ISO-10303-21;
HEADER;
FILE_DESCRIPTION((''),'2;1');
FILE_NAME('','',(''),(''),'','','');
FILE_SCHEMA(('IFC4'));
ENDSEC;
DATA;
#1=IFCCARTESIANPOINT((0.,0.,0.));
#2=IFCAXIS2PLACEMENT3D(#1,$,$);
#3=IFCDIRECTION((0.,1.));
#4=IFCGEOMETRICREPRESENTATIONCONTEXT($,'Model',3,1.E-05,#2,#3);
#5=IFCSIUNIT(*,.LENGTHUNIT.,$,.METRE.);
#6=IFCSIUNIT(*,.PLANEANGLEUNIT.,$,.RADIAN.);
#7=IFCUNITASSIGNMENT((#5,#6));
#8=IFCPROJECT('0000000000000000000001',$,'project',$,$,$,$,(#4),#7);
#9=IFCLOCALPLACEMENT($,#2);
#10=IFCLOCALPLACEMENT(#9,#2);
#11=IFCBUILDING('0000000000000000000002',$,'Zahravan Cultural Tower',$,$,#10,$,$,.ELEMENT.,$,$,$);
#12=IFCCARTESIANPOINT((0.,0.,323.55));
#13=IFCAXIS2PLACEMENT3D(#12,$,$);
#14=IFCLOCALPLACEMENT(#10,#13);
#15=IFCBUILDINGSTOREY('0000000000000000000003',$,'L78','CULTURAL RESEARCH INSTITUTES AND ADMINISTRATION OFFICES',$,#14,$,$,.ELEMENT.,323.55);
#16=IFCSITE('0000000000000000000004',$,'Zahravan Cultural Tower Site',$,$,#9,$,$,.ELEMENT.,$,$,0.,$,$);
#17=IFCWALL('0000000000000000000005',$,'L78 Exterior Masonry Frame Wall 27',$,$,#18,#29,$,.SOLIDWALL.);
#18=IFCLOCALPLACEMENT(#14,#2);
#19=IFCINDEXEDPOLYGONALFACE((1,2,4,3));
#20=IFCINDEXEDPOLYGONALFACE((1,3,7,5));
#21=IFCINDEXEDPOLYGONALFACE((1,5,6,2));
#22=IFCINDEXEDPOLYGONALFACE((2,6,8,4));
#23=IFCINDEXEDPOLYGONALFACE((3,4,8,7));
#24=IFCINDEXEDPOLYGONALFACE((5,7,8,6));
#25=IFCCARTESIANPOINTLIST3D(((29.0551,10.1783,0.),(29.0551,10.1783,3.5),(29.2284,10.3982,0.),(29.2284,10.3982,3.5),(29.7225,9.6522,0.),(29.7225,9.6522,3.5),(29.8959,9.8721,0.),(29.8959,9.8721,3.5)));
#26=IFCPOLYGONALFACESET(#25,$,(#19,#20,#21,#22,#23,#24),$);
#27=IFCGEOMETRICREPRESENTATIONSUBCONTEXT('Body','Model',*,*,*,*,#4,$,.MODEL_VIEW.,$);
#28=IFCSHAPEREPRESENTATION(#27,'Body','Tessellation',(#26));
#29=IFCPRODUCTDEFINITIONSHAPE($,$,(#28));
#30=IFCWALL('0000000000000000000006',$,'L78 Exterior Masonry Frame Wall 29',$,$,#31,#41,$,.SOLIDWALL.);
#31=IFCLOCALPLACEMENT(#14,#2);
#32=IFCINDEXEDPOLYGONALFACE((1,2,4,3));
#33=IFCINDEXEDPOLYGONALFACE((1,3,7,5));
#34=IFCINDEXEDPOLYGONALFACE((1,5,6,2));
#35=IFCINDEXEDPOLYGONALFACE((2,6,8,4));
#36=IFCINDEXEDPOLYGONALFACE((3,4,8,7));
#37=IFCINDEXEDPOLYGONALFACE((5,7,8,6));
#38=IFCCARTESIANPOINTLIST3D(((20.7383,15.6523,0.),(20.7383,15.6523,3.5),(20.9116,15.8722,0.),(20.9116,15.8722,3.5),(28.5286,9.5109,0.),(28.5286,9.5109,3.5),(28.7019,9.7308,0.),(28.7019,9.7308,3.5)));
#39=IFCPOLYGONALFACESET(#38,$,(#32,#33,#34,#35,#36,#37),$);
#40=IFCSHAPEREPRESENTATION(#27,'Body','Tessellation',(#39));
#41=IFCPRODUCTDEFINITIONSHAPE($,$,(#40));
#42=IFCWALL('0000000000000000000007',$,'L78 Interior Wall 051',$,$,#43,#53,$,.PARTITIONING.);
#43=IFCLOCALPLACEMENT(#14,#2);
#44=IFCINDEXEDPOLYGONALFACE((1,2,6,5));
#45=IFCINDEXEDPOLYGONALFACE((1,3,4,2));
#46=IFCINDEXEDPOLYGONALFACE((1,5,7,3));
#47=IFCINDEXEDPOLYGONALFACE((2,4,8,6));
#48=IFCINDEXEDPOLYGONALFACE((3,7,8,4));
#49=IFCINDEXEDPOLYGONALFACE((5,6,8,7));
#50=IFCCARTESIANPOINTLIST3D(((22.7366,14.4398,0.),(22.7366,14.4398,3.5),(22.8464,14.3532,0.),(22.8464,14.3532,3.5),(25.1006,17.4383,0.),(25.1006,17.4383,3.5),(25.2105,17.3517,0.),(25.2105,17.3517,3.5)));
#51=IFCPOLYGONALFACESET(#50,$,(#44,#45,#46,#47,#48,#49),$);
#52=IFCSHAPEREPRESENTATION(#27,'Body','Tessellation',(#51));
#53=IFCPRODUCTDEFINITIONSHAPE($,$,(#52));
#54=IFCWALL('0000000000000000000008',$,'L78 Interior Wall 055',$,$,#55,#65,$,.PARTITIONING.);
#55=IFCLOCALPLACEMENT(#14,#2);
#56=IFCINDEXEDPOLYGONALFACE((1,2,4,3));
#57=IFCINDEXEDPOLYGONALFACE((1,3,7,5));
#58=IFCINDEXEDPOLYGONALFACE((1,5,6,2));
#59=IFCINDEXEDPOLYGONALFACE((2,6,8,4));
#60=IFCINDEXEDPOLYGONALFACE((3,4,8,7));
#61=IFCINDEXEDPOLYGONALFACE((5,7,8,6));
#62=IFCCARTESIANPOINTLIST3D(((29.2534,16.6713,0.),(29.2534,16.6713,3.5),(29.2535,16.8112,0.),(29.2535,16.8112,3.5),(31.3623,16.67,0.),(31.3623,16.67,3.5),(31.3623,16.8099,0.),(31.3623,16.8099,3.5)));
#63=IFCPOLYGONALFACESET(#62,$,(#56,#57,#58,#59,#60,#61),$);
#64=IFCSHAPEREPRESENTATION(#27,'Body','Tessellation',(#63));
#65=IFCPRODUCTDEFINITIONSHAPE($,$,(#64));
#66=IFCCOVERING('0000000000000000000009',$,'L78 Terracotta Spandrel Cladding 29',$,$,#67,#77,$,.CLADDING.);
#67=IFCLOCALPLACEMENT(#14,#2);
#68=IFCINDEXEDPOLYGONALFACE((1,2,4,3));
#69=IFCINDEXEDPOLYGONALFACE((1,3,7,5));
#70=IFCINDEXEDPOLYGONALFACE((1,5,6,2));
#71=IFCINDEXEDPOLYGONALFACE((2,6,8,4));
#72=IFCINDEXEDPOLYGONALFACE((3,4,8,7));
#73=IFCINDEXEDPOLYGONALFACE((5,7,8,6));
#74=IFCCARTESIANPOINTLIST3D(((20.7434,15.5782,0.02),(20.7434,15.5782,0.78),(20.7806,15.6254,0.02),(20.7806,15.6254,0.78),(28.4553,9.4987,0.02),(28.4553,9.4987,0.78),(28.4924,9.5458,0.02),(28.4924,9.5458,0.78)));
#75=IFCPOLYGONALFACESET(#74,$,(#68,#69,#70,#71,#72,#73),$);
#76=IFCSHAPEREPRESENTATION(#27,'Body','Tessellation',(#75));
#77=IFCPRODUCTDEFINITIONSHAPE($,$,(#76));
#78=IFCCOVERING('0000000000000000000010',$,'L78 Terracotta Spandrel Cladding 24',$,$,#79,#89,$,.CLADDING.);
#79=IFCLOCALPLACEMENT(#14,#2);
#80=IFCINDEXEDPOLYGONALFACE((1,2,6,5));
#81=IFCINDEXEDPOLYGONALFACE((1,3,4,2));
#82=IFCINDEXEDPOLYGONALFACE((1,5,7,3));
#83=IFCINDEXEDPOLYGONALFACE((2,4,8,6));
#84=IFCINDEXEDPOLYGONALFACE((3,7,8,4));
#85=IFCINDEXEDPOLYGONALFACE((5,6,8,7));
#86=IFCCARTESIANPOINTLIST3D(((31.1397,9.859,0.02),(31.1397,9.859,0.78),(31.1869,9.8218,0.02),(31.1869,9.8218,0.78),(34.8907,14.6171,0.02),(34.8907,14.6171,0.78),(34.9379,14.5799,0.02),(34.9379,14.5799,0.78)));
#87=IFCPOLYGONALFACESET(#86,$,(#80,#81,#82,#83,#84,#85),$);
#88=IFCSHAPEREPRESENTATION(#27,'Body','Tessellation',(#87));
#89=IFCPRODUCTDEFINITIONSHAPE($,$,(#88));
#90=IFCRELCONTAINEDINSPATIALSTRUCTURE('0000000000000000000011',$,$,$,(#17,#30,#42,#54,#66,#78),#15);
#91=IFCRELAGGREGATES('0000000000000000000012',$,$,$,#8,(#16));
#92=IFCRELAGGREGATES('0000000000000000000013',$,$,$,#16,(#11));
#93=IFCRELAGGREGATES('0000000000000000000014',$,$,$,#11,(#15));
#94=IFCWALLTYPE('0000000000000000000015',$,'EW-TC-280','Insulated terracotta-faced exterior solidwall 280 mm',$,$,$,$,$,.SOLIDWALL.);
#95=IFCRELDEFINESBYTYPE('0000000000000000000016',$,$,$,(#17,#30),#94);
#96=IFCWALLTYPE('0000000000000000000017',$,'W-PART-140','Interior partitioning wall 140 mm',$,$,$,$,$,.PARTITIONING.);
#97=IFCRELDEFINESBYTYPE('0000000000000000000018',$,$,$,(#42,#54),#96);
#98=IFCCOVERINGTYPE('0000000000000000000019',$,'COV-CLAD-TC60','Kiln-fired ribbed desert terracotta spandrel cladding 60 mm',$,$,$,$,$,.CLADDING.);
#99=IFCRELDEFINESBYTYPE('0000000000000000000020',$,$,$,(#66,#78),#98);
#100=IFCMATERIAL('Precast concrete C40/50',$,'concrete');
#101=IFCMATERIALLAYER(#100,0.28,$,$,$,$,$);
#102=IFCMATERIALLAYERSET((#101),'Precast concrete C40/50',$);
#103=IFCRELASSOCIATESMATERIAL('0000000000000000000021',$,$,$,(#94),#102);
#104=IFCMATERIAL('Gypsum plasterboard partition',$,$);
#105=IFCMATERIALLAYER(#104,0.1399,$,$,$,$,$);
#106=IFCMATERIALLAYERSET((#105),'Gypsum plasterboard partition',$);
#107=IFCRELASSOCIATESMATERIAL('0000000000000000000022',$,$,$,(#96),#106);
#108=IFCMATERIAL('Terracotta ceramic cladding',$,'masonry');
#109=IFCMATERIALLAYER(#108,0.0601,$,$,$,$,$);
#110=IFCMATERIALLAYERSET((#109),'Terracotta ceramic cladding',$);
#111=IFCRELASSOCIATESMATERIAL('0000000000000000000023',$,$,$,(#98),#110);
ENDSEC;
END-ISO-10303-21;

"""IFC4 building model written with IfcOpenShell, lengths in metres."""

from ifc_helpers import new_model, si_unit, direction, frame, frame_2d, origin, origin_2d, place, context, subcontext, project, spatial, rectangle, extrude, source, transform, mapped, material, layer, layer_set, type_object, element, save


model = new_model("IFC4")

# Units and contexts
model_context = context("Model", 3, precision=1e-05, world=origin(), true_north=direction((0.0, 1.0)))
body_context = subcontext(model_context, "Body", "Model", "MODEL_VIEW")
ifc_project = project(units=[si_unit("LENGTHUNIT", "METRE"), si_unit("PLANEANGLEUNIT", "RADIAN")], contexts=[model_context])

# Site, building, storey
site_placement = place(None, origin())
site = spatial("IfcSite", under=ifc_project, at=site_placement, Name="Zahravan Cultural Tower Site", CompositionType="ELEMENT", RefElevation=0.0)
building_placement = place(site_placement, origin())
building = spatial("IfcBuilding", under=site, at=building_placement, Name="Zahravan Cultural Tower", CompositionType="ELEMENT")
storey_placement = place(building_placement, frame((0.0, 0.0, 323.55)))
storey = spatial("IfcBuildingStorey", under=building, at=storey_placement, Name="L78", Description="CULTURAL RESEARCH INSTITUTES AND ADMINISTRATION OFFICES", CompositionType="ELEMENT", Elevation=323.55)

# Shared definitions
ifc_material_1 = material(Name="Precast concrete C40/50", Category="concrete")
ifc_layer_1 = layer(ifc_material_1, 0.28)
ifc_layer_set_1 = layer_set([ifc_layer_1], Name="Precast concrete C40/50")
wall_type_1 = type_object("IfcWallType", Name="EW-TC-280", Description="Insulated terracotta-faced exterior solidwall 280 mm", PredefinedType="SOLIDWALL", material=ifc_layer_set_1)

# Shared definitions
ifc_material_2 = material(Name="Gypsum plasterboard partition")
ifc_layer_2 = layer(ifc_material_2, 0.1399)
ifc_layer_set_2 = layer_set([ifc_layer_2], Name="Gypsum plasterboard partition")
wall_type_2 = type_object("IfcWallType", Name="W-PART-140", Description="Interior partitioning wall 140 mm", PredefinedType="PARTITIONING", material=ifc_layer_set_2)

# Walls
shared_shape_1 = source(origin(), body_context, "Body", "SweptSolid", [
    extrude(rectangle(XDim=0.8499, YDim=0.28, at=frame_2d((0.4248, 0.0))), origin(), (0.0, 0.0, 1.0), 3.5),
])
for number, where, z_axis, x_axis, name in (
    (1, (29.8091, 9.7622, 0.0), (0.0, 0.0, 1.0), (-0.78536, 0.619039, 0.0), "L78 Exterior Masonry Frame Wall 27"),
):
    element("IfcWall", number, at=place(storey_placement, frame(where, z_axis=z_axis, x_axis=x_axis)), inside=storey, type_object=wall_type_1, Name=name, PredefinedType="SOLIDWALL", context=body_context, shape_type="MappedRepresentation", body=[
        mapped(shared_shape_1, transform((0.0, 0.0, 0.0), x_axis=(1.0, 0.0, 0.0), y_axis=(0.0, 1.0, 0.0), z_axis=(0.0, 0.0, 1.0), scale=1.0)),
    ])
shared_shape_2 = source(origin(), body_context, "Body", "SweptSolid", [
    extrude(rectangle(XDim=9.9199, YDim=0.28, at=frame_2d((4.96, 0.0))), origin(), (0.0, 0.0, 1.0), 3.5),
])
wall_1_placement = place(storey_placement, frame((28.6152, 9.6208, 0.0), z_axis=(0.0, 0.0, 1.0), x_axis=(-0.785317, 0.619094, 0.0)))
element("IfcWall", 2, at=wall_1_placement, inside=storey, type_object=wall_type_1, Name="L78 Exterior Masonry Frame Wall 29", PredefinedType="SOLIDWALL", context=body_context, shape_type="MappedRepresentation", body=[
    mapped(shared_shape_2, transform((0.0, 0.0, 0.0), x_axis=(1.0, 0.0, 0.0), y_axis=(0.0, 1.0, 0.0), z_axis=(0.0, 0.0, 1.0), scale=1.0)),
])
shared_shape_3 = source(origin(), body_context, "Body", "SweptSolid", [
    extrude(rectangle(XDim=3.8184, YDim=0.1399, at=frame_2d((1.9092, 0.0))), origin(), (0.0, 0.0, 1.0), 3.5),
])
wall_2_placement = place(storey_placement, frame((22.7915, 14.3965, 0.0), z_axis=(0.0, 0.0, 1.0), x_axis=(0.61912, 0.785297, 0.0)))
element("IfcWall", 3, at=wall_2_placement, inside=storey, type_object=wall_type_2, Name="L78 Interior Wall 051", PredefinedType="PARTITIONING", context=body_context, shape_type="MappedRepresentation", body=[
    mapped(shared_shape_3, transform((0.0, 0.0, 0.0), x_axis=(1.0, 0.0, 0.0), y_axis=(0.0, 1.0, 0.0), z_axis=(0.0, 0.0, 1.0), scale=1.0)),
])
shared_shape_4 = source(origin(), body_context, "Body", "SweptSolid", [
    extrude(rectangle(XDim=2.1089, YDim=0.1399, at=frame_2d((1.0544, 0.0))), origin(), (0.0, 0.0, 1.0), 3.5),
])
wall_3_placement = place(storey_placement, frame((29.2534, 16.7412, 0.0), z_axis=(0.0, 0.0, 1.0), x_axis=(1.0, -0.000579, 0.0)))
element("IfcWall", 4, at=wall_3_placement, inside=storey, type_object=wall_type_2, Name="L78 Interior Wall 055", PredefinedType="PARTITIONING", context=body_context, shape_type="MappedRepresentation", body=[
    mapped(shared_shape_4, transform((0.0, 0.0, 0.0), x_axis=(1.0, 0.0, 0.0), y_axis=(0.0, 1.0, 0.0), z_axis=(0.0, 0.0, 1.0), scale=1.0)),
])

# Coverings
ifc_material_3 = material(Name="Terracotta ceramic cladding", Category="masonry")
ifc_layer_3 = layer(ifc_material_3, 0.0601)
ifc_layer_set_3 = layer_set([ifc_layer_3], Name="Terracotta ceramic cladding")
covering_type = type_object("IfcCoveringType", Name="COV-CLAD-TC60", Description="Kiln-fired ribbed desert terracotta spandrel cladding 60 mm", PredefinedType="CLADDING", material=ifc_layer_set_3)
shared_shape_5 = source(origin(), body_context, "Body", "SweptSolid", [
    extrude(rectangle(XDim=9.8201, YDim=0.0601, at=origin_2d()), origin(), (0.0, 0.0, 1.0), 0.76),
])
covering_1_placement = place(storey_placement, frame((24.6179, 12.562, 0.02), z_axis=(0.0, 0.0, 1.0), x_axis=(-0.785317, 0.619094, 0.0)))
element("IfcCovering", 5, at=covering_1_placement, inside=storey, type_object=covering_type, Name="L78 Terracotta Spandrel Cladding 29", PredefinedType="CLADDING", context=body_context, shape_type="MappedRepresentation", body=[
    mapped(shared_shape_5, transform((0.0, 0.0, 0.0), x_axis=(1.0, 0.0, 0.0), y_axis=(0.0, 1.0, 0.0), z_axis=(0.0, 0.0, 1.0), scale=1.0)),
])
shared_shape_6 = source(origin(), body_context, "Body", "SweptSolid", [
    extrude(rectangle(XDim=6.0588, YDim=0.0601, at=origin_2d()), origin(), (0.0, 0.0, 1.0), 0.76),
])
covering_2_placement = place(storey_placement, frame((33.0388, 12.2195, 0.02), z_axis=(0.0, 0.0, 1.0), x_axis=(-0.619094, -0.785317, 0.0)))
element("IfcCovering", 6, at=covering_2_placement, inside=storey, type_object=covering_type, Name="L78 Terracotta Spandrel Cladding 24", PredefinedType="CLADDING", context=body_context, shape_type="MappedRepresentation", body=[
    mapped(shared_shape_6, transform((0.0, 0.0, 0.0), x_axis=(1.0, 0.0, 0.0), y_axis=(0.0, 1.0, 0.0), z_axis=(0.0, 0.0, 1.0), scale=1.0)),
])

save(model, "model.ifc")
